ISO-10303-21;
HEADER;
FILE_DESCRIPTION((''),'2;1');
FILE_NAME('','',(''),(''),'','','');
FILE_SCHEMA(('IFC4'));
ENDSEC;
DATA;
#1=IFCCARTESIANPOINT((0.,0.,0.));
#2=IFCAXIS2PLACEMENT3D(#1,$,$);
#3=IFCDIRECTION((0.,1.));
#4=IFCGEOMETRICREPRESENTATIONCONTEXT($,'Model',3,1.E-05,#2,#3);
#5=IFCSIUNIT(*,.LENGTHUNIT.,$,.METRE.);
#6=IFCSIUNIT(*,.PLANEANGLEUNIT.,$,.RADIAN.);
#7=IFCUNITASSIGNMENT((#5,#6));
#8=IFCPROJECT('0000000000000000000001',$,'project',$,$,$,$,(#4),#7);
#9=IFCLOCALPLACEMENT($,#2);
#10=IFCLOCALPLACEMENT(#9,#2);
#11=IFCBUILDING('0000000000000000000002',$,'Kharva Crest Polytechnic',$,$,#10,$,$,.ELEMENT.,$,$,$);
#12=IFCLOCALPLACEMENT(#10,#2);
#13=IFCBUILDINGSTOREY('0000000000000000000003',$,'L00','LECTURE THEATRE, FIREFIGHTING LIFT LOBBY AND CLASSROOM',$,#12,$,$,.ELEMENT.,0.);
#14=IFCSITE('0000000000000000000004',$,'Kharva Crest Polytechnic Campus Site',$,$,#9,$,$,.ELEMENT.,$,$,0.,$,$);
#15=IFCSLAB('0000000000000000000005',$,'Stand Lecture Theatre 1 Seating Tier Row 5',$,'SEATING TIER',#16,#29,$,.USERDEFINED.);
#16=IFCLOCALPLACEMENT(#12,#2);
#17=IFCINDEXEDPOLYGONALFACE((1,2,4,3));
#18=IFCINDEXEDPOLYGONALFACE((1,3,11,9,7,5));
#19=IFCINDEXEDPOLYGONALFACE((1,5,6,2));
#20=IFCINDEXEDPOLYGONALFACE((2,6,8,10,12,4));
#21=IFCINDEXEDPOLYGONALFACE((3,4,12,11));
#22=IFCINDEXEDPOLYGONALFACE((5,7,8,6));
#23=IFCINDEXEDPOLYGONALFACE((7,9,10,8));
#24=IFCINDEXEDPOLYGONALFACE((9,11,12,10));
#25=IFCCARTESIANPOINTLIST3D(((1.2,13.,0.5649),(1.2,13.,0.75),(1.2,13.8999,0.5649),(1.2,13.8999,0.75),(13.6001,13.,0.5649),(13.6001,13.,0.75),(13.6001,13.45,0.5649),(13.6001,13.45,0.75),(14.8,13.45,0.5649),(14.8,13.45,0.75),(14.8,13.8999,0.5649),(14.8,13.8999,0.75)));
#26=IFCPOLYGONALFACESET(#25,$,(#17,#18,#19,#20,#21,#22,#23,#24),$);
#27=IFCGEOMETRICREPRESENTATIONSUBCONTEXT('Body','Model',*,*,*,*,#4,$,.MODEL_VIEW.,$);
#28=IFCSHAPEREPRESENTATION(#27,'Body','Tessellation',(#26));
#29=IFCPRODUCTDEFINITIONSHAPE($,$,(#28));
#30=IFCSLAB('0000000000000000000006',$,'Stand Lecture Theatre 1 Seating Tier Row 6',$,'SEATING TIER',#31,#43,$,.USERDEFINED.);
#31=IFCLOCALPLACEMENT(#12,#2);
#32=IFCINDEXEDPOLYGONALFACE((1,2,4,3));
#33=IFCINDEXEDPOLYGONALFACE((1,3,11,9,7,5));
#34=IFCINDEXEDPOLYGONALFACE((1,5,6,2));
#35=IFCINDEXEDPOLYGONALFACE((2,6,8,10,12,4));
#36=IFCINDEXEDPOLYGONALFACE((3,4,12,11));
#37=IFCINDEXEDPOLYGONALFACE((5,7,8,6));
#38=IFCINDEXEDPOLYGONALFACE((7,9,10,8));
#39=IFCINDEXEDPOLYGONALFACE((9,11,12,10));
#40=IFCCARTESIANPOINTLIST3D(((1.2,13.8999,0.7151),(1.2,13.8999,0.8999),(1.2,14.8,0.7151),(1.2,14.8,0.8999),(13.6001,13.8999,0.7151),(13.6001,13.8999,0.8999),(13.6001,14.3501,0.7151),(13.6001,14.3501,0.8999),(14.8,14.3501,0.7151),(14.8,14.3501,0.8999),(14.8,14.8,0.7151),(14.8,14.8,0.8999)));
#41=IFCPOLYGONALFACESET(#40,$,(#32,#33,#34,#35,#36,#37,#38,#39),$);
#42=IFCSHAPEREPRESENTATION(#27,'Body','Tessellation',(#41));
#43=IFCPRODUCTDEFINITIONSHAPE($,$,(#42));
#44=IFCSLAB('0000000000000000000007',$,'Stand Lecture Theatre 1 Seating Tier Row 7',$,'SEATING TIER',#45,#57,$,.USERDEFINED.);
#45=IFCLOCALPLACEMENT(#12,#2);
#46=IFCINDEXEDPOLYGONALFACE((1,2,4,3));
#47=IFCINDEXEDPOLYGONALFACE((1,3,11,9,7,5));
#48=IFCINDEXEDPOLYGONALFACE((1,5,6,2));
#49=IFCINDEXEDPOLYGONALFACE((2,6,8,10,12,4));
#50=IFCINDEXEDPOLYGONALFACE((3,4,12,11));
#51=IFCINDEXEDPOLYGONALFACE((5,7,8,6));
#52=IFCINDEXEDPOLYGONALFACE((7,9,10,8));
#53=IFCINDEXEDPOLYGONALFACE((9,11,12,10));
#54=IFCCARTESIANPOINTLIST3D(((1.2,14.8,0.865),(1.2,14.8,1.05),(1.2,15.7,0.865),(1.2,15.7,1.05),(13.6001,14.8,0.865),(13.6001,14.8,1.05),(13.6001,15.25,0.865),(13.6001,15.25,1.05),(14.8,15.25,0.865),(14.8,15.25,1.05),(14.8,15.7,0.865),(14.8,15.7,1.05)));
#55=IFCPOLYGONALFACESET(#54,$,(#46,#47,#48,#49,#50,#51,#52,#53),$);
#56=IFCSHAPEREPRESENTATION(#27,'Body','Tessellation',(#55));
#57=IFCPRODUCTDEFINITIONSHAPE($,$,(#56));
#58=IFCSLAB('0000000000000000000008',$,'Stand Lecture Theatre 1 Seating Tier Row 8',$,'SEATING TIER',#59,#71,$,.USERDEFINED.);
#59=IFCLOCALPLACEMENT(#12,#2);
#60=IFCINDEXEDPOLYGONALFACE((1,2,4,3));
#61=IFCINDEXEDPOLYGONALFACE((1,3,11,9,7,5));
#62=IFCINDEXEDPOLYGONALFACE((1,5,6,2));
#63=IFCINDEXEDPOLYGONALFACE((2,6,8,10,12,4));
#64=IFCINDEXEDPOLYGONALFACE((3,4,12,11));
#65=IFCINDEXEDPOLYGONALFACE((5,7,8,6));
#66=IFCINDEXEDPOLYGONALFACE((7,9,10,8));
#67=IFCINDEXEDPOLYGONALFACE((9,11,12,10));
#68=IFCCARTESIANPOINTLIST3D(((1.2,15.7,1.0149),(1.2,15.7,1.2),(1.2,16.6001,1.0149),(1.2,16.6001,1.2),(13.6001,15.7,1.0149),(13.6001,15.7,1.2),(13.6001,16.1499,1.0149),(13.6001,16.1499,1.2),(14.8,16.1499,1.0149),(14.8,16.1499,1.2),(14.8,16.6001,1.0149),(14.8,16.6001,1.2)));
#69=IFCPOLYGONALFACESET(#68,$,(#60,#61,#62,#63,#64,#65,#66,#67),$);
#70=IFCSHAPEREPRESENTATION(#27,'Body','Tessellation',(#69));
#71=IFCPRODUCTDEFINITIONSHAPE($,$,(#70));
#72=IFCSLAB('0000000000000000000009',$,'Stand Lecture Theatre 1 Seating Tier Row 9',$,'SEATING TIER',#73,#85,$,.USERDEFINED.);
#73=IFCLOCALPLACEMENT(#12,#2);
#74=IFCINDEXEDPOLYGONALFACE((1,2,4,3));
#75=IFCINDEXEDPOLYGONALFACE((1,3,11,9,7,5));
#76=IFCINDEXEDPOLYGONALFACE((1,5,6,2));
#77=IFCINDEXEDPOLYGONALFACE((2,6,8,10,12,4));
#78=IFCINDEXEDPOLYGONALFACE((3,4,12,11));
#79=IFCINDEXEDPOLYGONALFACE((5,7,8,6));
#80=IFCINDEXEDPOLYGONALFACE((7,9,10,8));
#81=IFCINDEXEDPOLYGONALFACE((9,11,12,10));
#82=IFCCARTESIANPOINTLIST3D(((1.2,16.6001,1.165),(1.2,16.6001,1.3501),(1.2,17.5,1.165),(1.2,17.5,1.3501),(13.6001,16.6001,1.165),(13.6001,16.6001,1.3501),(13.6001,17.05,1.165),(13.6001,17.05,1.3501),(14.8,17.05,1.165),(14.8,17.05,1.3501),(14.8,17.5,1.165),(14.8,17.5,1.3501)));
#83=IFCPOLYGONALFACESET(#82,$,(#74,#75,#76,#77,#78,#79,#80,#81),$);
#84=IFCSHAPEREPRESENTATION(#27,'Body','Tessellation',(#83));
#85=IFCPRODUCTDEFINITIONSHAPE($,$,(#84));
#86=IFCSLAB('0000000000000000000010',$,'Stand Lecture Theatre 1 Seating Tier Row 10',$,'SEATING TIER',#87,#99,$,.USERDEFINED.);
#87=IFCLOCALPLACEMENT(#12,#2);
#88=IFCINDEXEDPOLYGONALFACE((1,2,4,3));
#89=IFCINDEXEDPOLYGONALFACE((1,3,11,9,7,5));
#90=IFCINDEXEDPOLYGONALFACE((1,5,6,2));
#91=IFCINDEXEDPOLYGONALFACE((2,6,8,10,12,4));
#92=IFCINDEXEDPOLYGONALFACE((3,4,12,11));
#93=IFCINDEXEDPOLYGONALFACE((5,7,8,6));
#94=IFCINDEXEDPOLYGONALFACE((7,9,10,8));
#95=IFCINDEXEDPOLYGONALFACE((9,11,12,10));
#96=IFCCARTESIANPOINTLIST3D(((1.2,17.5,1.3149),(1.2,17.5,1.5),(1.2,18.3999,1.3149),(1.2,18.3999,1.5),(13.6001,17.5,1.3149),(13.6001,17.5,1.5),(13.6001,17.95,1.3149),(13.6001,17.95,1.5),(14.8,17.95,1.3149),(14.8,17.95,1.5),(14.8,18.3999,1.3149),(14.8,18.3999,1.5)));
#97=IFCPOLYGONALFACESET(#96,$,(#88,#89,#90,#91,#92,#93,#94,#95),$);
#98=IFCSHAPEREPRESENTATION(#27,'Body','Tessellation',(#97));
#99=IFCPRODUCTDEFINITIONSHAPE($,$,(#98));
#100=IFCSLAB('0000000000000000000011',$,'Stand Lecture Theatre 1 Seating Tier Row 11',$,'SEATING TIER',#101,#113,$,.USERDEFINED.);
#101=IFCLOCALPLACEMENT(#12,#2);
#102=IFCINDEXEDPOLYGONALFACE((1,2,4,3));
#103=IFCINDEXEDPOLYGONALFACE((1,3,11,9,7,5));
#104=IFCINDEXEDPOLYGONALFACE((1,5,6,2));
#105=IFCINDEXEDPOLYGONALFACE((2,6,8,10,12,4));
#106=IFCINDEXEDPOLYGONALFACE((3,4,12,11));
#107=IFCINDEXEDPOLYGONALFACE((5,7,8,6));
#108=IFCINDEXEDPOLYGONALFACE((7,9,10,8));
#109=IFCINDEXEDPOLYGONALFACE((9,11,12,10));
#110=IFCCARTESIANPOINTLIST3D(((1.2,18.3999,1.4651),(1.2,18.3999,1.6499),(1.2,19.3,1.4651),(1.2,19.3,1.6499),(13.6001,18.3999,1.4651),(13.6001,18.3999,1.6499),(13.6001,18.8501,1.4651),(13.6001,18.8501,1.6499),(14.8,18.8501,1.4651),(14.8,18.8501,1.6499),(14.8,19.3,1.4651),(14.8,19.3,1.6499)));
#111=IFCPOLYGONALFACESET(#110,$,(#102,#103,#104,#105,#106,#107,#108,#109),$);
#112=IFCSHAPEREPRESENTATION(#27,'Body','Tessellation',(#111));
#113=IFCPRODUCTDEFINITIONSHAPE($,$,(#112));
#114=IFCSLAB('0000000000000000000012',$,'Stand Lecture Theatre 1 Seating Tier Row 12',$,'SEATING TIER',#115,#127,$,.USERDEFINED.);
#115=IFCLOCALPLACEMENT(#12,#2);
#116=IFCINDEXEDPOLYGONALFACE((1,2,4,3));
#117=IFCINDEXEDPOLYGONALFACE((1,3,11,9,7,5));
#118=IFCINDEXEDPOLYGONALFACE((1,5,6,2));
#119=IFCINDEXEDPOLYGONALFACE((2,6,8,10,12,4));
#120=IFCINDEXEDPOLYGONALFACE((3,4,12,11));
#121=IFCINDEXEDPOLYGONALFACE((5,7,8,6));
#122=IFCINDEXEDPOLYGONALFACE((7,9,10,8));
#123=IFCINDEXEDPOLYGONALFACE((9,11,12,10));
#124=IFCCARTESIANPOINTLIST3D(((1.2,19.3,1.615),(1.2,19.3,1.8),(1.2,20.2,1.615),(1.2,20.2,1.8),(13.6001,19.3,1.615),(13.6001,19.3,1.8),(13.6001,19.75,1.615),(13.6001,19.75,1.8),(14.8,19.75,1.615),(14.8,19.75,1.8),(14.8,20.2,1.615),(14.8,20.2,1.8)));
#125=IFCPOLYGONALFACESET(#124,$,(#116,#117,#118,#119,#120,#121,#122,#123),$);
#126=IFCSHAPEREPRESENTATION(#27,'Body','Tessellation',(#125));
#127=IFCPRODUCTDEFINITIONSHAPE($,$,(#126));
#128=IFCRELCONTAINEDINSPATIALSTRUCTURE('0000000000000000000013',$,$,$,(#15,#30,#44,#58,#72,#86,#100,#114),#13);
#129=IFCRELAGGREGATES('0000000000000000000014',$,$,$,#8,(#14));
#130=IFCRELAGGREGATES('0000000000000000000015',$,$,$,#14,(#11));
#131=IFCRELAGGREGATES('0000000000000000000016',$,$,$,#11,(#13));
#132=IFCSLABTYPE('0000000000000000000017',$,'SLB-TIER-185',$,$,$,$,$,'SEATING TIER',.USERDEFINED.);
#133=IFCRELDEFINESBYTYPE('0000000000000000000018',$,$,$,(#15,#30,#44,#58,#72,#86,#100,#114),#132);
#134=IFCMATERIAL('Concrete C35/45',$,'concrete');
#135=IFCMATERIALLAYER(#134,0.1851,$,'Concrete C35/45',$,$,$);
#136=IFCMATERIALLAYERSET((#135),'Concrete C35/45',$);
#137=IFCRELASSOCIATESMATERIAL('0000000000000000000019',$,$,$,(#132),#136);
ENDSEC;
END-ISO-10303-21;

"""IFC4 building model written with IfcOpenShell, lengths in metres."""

from ifc_helpers import new_model, si_unit, direction, frame, origin, place, context, subcontext, project, spatial, polyline, outline, extrude, material, layer, layer_set, type_object, element, save


model = new_model("IFC4")

# Units and contexts
model_context = context("Model", 3, precision=1e-05, world=origin(), true_north=direction((0.0, 1.0)))
body_context = subcontext(model_context, "Body", "Model", "MODEL_VIEW")
ifc_project = project(units=[si_unit("LENGTHUNIT", "METRE"), si_unit("PLANEANGLEUNIT", "RADIAN")], contexts=[model_context])

# Site, building, storey
site_placement = place(None, origin())
site = spatial("IfcSite", under=ifc_project, at=site_placement, Name="Kharva Crest Polytechnic Campus Site", CompositionType="ELEMENT", RefElevation=0.0)
building_placement = place(site_placement, origin())
building = spatial("IfcBuilding", under=site, at=building_placement, Name="Kharva Crest Polytechnic", CompositionType="ELEMENT")
storey_placement = place(building_placement, origin())
storey = spatial("IfcBuildingStorey", under=building, at=storey_placement, Name="L00", Description="LECTURE THEATRE, FIREFIGHTING LIFT LOBBY AND CLASSROOM", CompositionType="ELEMENT", Elevation=0.0)

# Shared definitions
ifc_material = material(Name="Concrete C35/45", Category="concrete")

# Slabs
ifc_layer_1 = layer(ifc_material, 0.1851, Name="Concrete C35/45")
ifc_layer_set_1 = layer_set([ifc_layer_1], Name="Concrete C35/45")
slab_type_1 = type_object("IfcSlabType", Name="SLB-TIER-185", ElementType="SEATING TIER", PredefinedType="USERDEFINED", material=ifc_layer_set_1)
slab_1_placement = place(storey_placement, frame((0.0, 0.0, 0.5649)))
element("IfcSlab", 1, at=slab_1_placement, inside=storey, type_object=slab_type_1, Name="Stand Lecture Theatre 1 Seating Tier Row 5", ObjectType="SEATING TIER", PredefinedType="USERDEFINED", context=body_context, shape_type="SweptSolid", body=[
    extrude(outline(polyline([(1.2, 13.0), (13.6001, 13.0), (13.6001, 13.45), (14.8, 13.45), (14.8, 13.8999), (1.2, 13.8999), (1.2, 13.0)])), origin(), (0.0, 0.0, 1.0), 0.1851),
])
slab_2_placement = place(storey_placement, frame((0.0, 0.0, 0.7151)))
element("IfcSlab", 2, at=slab_2_placement, inside=storey, type_object=slab_type_1, Name="Stand Lecture Theatre 1 Seating Tier Row 6", ObjectType="SEATING TIER", PredefinedType="USERDEFINED", context=body_context, shape_type="SweptSolid", body=[
    extrude(outline(polyline([(1.2, 13.8999), (13.6001, 13.8999), (13.6001, 14.3501), (14.8, 14.3501), (14.8, 14.8), (1.2, 14.8), (1.2, 13.8999)])), origin(), (0.0, 0.0, 1.0), 0.1848),
])
slab_3_placement = place(storey_placement, frame((0.0, 0.0, 0.865)))
element("IfcSlab", 3, at=slab_3_placement, inside=storey, type_object=slab_type_1, Name="Stand Lecture Theatre 1 Seating Tier Row 7", ObjectType="SEATING TIER", PredefinedType="USERDEFINED", context=body_context, shape_type="SweptSolid", body=[
    extrude(outline(polyline([(1.2, 14.8), (13.6001, 14.8), (13.6001, 15.25), (14.8, 15.25), (14.8, 15.7), (1.2, 15.7), (1.2, 14.8)])), origin(), (0.0, 0.0, 1.0), 0.1851),
])
slab_4_placement = place(storey_placement, frame((0.0, 0.0, 1.0149)))
element("IfcSlab", 4, at=slab_4_placement, inside=storey, type_object=slab_type_1, Name="Stand Lecture Theatre 1 Seating Tier Row 8", ObjectType="SEATING TIER", PredefinedType="USERDEFINED", context=body_context, shape_type="SweptSolid", body=[
    extrude(outline(polyline([(1.2, 15.7), (13.6001, 15.7), (13.6001, 16.1499), (14.8, 16.1499), (14.8, 16.6001), (1.2, 16.6001), (1.2, 15.7)])), origin(), (0.0, 0.0, 1.0), 0.1851),
])
slab_5_placement = place(storey_placement, frame((0.0, 0.0, 1.165)))
element("IfcSlab", 5, at=slab_5_placement, inside=storey, type_object=slab_type_1, Name="Stand Lecture Theatre 1 Seating Tier Row 9", ObjectType="SEATING TIER", PredefinedType="USERDEFINED", context=body_context, shape_type="SweptSolid", body=[
    extrude(outline(polyline([(1.2, 16.6001), (13.6001, 16.6001), (13.6001, 17.05), (14.8, 17.05), (14.8, 17.5), (1.2, 17.5), (1.2, 16.6001)])), origin(), (0.0, 0.0, 1.0), 0.1851),
])
slab_6_placement = place(storey_placement, frame((0.0, 0.0, 1.3149)))
element("IfcSlab", 6, at=slab_6_placement, inside=storey, type_object=slab_type_1, Name="Stand Lecture Theatre 1 Seating Tier Row 10", ObjectType="SEATING TIER", PredefinedType="USERDEFINED", context=body_context, shape_type="SweptSolid", body=[
    extrude(outline(polyline([(1.2, 17.5), (13.6001, 17.5), (13.6001, 17.95), (14.8, 17.95), (14.8, 18.3999), (1.2, 18.3999), (1.2, 17.5)])), origin(), (0.0, 0.0, 1.0), 0.1851),
])
slab_7_placement = place(storey_placement, frame((0.0, 0.0, 1.4651)))
element("IfcSlab", 7, at=slab_7_placement, inside=storey, type_object=slab_type_1, Name="Stand Lecture Theatre 1 Seating Tier Row 11", ObjectType="SEATING TIER", PredefinedType="USERDEFINED", context=body_context, shape_type="SweptSolid", body=[
    extrude(outline(polyline([(1.2, 18.3999), (13.6001, 18.3999), (13.6001, 18.8501), (14.8, 18.8501), (14.8, 19.3), (1.2, 19.3), (1.2, 18.3999)])), origin(), (0.0, 0.0, 1.0), 0.1848),
])
slab_8_placement = place(storey_placement, frame((0.0, 0.0, 1.615)))
element("IfcSlab", 8, at=slab_8_placement, inside=storey, type_object=slab_type_1, Name="Stand Lecture Theatre 1 Seating Tier Row 12", ObjectType="SEATING TIER", PredefinedType="USERDEFINED", context=body_context, shape_type="SweptSolid", body=[
    extrude(outline(polyline([(1.2, 19.3), (13.6001, 19.3), (13.6001, 19.75), (14.8, 19.75), (14.8, 20.2), (1.2, 20.2), (1.2, 19.3)])), origin(), (0.0, 0.0, 1.0), 0.1851),
])

save(model, "model.ifc")
